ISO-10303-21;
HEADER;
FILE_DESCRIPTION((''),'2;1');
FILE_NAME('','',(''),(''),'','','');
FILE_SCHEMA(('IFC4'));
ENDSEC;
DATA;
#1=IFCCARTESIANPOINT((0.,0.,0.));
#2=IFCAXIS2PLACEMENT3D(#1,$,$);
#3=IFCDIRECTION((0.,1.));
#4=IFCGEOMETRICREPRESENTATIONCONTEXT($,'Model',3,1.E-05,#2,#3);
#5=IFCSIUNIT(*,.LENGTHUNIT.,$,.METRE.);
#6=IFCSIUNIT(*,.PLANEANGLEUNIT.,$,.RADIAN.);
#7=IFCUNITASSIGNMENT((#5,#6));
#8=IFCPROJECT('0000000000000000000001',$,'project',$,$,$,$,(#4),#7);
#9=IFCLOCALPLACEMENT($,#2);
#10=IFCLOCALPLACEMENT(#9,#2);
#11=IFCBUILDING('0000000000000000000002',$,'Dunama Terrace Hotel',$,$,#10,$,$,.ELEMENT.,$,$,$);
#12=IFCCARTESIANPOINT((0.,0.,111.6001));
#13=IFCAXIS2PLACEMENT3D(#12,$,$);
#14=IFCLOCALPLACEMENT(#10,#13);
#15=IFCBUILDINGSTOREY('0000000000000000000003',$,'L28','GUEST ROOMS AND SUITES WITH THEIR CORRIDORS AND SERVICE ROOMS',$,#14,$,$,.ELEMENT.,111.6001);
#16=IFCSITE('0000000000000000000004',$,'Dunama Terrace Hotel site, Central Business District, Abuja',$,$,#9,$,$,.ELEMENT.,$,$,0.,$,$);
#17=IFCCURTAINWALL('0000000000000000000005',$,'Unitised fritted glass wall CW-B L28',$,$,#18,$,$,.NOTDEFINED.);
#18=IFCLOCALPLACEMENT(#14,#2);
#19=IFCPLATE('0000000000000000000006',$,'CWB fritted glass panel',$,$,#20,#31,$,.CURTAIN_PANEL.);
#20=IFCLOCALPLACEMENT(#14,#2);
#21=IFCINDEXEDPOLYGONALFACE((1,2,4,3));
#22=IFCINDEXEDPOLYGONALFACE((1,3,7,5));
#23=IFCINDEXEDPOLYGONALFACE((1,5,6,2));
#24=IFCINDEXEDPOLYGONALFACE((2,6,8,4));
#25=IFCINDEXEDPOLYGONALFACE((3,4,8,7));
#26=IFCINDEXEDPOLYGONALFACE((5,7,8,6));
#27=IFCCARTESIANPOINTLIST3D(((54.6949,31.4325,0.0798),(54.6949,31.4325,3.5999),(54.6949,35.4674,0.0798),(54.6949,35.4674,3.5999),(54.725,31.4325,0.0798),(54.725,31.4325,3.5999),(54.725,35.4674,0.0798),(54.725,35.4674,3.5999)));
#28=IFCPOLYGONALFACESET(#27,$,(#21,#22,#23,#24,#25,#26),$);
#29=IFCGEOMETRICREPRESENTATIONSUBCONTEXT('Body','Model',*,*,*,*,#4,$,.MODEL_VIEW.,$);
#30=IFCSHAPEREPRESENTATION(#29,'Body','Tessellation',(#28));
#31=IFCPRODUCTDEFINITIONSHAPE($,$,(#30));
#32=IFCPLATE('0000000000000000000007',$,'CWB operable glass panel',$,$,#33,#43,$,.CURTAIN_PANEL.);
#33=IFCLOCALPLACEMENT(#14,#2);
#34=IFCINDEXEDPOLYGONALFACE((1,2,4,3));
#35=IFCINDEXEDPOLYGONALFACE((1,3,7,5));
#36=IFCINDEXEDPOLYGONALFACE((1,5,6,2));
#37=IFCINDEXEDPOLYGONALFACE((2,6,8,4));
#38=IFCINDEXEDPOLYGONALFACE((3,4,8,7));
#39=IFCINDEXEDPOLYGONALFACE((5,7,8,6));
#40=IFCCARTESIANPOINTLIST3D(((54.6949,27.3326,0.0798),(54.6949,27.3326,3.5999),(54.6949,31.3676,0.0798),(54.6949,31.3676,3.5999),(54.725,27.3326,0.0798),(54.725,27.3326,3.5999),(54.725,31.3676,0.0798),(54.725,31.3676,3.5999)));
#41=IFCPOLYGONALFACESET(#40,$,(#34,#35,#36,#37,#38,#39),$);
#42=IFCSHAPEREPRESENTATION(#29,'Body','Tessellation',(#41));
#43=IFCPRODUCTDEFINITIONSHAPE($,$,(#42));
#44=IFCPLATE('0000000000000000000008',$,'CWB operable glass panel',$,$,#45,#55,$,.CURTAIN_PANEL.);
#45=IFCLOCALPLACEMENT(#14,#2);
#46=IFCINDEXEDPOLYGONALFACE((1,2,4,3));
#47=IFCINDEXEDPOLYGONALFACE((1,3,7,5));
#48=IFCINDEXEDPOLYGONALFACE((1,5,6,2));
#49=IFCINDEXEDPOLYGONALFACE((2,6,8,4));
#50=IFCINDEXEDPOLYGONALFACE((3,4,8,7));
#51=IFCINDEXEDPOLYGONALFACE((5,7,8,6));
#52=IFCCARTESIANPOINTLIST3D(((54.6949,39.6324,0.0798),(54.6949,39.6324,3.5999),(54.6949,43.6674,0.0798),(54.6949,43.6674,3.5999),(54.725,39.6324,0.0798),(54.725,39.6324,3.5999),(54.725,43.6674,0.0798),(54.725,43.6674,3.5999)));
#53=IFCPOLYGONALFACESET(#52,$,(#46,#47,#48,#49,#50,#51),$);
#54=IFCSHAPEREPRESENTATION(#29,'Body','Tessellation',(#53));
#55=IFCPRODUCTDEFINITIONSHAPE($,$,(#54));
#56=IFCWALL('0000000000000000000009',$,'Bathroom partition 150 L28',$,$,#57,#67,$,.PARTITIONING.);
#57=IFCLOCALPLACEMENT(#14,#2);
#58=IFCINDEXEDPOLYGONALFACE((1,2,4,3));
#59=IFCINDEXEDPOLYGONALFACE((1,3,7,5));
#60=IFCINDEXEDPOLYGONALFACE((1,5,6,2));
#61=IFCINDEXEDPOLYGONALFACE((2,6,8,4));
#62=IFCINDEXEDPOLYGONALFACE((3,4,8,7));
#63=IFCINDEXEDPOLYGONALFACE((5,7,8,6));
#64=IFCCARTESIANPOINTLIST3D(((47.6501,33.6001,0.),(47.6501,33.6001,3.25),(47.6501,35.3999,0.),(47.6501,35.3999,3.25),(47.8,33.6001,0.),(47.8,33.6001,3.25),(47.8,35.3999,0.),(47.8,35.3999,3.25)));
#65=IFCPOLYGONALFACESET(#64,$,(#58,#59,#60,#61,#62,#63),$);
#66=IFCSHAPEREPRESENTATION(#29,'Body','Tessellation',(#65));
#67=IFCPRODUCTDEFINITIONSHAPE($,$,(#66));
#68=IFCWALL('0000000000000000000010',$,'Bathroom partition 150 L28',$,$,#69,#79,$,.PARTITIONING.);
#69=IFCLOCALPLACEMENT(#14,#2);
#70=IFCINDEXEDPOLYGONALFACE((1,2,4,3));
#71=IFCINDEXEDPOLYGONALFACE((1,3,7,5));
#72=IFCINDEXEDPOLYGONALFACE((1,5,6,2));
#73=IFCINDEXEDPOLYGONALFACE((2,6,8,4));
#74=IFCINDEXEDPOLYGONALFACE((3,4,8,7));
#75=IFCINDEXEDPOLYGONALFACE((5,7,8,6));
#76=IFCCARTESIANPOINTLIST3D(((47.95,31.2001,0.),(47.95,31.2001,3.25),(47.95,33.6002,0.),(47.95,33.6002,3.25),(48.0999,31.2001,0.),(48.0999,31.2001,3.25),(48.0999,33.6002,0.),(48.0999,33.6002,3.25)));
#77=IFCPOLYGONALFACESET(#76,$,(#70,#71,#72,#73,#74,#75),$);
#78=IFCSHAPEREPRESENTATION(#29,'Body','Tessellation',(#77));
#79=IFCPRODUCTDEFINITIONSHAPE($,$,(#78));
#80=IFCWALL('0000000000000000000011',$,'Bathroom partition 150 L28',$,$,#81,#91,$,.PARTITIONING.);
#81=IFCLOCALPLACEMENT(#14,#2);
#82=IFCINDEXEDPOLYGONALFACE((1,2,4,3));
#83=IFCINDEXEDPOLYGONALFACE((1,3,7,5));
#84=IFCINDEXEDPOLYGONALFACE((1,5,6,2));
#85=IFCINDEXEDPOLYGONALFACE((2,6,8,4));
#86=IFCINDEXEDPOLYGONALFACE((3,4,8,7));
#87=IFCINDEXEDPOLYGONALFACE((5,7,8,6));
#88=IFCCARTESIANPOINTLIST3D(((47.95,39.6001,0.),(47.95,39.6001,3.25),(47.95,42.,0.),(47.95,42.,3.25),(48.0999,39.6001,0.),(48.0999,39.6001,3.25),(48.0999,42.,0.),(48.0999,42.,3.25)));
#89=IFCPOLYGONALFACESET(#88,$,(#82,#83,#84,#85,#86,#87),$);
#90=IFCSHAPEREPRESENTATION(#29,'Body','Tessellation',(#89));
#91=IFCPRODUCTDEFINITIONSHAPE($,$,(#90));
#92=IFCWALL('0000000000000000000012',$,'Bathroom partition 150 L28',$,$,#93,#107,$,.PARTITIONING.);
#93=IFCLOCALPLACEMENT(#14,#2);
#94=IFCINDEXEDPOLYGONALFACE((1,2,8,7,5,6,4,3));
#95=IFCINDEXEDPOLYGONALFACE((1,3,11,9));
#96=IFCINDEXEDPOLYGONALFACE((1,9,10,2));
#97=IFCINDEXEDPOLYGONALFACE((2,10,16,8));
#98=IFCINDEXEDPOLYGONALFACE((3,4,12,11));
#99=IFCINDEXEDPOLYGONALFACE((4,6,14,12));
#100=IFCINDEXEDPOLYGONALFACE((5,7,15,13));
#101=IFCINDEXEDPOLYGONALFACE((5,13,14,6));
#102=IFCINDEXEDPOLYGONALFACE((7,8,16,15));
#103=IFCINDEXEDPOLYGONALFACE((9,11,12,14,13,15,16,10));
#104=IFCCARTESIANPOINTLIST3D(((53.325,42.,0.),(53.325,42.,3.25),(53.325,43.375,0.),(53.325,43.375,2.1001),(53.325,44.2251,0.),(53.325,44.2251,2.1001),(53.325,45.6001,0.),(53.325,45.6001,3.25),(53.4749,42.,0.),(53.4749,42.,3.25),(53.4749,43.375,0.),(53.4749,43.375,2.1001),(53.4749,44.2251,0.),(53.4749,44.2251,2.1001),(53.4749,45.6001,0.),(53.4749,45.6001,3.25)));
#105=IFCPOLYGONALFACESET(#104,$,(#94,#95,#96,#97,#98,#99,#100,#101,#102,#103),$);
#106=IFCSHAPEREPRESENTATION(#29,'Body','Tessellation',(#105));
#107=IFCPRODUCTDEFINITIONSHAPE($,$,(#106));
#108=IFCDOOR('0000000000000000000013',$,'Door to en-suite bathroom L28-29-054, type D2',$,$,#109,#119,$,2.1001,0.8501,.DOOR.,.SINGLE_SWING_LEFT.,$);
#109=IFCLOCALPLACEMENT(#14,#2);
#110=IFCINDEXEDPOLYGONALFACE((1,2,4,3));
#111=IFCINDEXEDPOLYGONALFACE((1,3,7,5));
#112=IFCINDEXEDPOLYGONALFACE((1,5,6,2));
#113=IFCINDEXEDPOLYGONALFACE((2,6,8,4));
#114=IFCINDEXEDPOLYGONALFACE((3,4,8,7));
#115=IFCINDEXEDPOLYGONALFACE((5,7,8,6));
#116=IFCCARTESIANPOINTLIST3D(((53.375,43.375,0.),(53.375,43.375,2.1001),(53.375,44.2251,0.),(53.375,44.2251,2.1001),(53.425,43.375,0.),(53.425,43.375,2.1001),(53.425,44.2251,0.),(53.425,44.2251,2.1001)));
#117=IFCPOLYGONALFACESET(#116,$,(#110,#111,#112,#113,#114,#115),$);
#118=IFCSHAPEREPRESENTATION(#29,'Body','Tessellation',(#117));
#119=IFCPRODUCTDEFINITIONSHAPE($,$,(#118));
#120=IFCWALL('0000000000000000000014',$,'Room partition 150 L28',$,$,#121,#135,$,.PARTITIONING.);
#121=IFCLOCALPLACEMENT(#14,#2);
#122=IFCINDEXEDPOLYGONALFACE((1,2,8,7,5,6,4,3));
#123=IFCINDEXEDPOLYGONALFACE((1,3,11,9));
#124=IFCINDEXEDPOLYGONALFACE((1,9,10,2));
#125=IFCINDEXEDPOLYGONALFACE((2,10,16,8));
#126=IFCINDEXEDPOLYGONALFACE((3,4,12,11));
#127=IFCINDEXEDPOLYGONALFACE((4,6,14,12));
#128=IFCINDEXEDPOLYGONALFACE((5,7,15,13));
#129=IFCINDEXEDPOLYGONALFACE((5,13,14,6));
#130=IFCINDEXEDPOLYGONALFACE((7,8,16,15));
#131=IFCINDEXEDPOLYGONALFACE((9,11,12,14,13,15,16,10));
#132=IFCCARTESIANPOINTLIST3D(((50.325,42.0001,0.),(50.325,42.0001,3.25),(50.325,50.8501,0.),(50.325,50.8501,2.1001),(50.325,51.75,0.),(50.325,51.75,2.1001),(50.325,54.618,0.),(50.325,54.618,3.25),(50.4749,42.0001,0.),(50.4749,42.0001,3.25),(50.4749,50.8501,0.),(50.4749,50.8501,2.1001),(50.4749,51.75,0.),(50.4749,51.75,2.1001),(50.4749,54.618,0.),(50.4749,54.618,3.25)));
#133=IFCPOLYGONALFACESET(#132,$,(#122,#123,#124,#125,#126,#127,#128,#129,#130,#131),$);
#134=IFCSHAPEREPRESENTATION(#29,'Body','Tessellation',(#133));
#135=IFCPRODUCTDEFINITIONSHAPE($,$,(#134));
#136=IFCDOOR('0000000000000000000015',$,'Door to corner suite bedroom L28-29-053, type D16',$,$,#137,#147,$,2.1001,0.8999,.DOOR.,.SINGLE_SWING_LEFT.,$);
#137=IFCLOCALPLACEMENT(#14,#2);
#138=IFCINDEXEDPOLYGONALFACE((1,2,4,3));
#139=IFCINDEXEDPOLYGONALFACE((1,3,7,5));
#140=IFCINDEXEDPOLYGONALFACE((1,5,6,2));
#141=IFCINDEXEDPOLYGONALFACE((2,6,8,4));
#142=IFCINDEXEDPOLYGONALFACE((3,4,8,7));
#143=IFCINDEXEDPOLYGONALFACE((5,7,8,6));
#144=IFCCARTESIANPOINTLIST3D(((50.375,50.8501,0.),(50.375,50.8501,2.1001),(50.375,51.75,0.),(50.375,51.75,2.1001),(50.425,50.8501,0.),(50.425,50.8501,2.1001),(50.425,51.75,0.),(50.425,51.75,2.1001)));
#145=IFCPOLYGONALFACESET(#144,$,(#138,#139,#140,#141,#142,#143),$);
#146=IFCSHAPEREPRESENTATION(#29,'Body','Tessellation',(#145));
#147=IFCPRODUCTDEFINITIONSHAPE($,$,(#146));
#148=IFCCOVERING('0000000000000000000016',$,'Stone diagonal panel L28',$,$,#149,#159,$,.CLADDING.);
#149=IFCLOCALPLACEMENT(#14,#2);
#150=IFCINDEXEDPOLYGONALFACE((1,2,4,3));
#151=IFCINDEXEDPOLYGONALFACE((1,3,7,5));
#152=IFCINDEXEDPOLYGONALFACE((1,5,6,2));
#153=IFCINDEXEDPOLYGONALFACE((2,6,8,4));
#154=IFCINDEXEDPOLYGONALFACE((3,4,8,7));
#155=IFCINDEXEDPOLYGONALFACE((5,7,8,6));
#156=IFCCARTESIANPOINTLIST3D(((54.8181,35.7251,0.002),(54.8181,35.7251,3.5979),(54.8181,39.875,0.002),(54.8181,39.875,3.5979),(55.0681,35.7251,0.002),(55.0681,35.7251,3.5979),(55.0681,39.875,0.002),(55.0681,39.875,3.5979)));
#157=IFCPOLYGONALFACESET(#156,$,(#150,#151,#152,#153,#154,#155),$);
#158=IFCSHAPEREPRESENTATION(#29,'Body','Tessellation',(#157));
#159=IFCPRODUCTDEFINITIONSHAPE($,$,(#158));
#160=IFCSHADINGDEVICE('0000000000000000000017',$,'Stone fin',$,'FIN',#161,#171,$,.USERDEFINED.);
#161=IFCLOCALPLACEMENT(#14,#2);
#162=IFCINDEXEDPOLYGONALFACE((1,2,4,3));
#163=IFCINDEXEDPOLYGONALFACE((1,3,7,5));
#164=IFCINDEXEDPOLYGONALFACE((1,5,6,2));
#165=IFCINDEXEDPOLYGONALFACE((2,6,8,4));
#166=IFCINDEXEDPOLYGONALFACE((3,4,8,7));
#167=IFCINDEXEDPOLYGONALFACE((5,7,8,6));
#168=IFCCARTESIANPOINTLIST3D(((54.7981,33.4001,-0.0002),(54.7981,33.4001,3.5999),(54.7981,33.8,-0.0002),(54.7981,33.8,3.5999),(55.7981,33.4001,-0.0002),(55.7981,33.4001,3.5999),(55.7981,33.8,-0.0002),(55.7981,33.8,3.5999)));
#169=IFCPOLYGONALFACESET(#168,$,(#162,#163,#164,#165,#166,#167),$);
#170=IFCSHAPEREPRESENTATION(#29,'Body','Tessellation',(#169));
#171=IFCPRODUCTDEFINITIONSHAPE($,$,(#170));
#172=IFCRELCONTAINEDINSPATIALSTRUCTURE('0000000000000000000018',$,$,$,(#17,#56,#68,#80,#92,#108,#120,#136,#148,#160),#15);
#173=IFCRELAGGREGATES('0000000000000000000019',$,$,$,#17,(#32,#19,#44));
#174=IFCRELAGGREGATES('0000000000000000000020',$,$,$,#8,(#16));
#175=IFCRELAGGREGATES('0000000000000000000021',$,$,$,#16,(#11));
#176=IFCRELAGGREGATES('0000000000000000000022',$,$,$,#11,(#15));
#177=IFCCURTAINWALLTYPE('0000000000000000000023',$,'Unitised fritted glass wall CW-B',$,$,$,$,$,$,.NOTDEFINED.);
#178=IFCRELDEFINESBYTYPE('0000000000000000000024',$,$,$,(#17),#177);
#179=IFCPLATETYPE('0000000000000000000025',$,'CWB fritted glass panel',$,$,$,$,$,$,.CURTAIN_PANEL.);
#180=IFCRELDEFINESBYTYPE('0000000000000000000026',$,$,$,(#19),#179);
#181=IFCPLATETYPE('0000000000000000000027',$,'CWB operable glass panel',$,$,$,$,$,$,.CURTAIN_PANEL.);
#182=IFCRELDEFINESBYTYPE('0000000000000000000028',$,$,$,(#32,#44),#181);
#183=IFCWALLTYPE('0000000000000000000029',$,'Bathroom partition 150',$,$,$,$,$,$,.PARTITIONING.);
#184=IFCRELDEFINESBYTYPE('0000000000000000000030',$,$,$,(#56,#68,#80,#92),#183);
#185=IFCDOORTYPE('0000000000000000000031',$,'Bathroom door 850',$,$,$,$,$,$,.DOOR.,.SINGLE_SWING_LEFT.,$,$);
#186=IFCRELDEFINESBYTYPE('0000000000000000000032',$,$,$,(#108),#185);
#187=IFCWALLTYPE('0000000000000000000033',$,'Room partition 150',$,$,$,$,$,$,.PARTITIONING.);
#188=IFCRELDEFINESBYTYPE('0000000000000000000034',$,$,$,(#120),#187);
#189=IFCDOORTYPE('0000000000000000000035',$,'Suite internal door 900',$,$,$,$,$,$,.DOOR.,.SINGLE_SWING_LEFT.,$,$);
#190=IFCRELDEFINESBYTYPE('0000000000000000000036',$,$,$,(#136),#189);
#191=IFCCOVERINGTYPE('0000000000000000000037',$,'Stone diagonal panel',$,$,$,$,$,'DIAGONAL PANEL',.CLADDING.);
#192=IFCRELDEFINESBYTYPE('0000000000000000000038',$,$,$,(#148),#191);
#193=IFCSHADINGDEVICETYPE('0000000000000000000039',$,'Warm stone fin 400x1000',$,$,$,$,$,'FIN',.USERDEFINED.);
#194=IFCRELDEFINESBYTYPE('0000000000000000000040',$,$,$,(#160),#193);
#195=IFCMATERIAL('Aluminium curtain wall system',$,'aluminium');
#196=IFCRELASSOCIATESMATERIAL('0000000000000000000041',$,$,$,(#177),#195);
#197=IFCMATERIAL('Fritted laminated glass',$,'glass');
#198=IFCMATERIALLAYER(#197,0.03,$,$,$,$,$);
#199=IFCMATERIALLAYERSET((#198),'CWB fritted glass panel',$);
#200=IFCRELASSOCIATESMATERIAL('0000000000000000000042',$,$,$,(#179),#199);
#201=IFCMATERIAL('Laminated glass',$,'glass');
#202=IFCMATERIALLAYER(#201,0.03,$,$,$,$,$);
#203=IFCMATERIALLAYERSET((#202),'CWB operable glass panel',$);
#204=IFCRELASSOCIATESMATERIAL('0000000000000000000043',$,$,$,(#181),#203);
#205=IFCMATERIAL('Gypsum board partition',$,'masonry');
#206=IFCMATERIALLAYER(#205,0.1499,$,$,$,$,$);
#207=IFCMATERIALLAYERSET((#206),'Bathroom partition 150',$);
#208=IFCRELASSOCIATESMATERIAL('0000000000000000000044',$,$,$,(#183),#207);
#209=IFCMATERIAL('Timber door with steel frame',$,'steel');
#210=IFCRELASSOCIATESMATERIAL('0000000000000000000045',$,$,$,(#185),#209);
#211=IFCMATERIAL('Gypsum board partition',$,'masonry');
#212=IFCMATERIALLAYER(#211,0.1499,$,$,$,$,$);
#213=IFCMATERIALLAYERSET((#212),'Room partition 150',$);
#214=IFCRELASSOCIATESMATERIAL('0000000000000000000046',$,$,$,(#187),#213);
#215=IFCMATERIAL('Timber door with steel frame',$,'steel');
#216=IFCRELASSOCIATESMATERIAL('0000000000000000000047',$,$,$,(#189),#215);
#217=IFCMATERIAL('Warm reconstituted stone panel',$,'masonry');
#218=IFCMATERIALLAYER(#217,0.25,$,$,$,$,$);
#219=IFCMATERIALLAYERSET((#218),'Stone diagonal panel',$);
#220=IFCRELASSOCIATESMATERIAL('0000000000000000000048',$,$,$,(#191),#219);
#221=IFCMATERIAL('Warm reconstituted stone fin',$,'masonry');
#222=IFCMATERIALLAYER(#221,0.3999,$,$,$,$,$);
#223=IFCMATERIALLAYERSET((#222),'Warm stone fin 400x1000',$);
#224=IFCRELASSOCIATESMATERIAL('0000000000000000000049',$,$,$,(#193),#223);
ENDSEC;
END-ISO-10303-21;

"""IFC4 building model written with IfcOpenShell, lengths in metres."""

from ifc_helpers import new_model, si_unit, direction, frame, frame_2d, origin, origin_2d, place, context, subcontext, project, spatial, rectangle, extrude, material, layer, layer_set, type_object, element, fill, aggregate, save


model = new_model("IFC4")

# Units and contexts
model_context = context("Model", 3, precision=1e-05, world=origin(), true_north=direction((0.0, 1.0)))
body_context = subcontext(model_context, "Body", "Model", "MODEL_VIEW")
ifc_project = project(units=[si_unit("LENGTHUNIT", "METRE"), si_unit("PLANEANGLEUNIT", "RADIAN")], contexts=[model_context])

# Site, building, storey
site_placement = place(None, origin())
site = spatial("IfcSite", under=ifc_project, at=site_placement, Name="Dunama Terrace Hotel site, Central Business District, Abuja", CompositionType="ELEMENT", RefElevation=0.0)
building_placement = place(site_placement, origin())
building = spatial("IfcBuilding", under=site, at=building_placement, Name="Dunama Terrace Hotel", CompositionType="ELEMENT")
storey_placement = place(building_placement, frame((0.0, 0.0, 111.6001)))
storey = spatial("IfcBuildingStorey", under=building, at=storey_placement, Name="L28", Description="GUEST ROOMS AND SUITES WITH THEIR CORRIDORS AND SERVICE ROOMS", CompositionType="ELEMENT", Elevation=111.6001)

# Curtain wall
ifc_material_1 = material(Name="Aluminium curtain wall system", Category="aluminium")
curtain_wall_type = type_object("IfcCurtainWallType", Name="Unitised fritted glass wall CW-B", PredefinedType="NOTDEFINED", material=ifc_material_1)
curtain_wall_placement = place(storey_placement, origin())
curtain_wall = element("IfcCurtainWall", 1, at=curtain_wall_placement, inside=storey, type_object=curtain_wall_type, Name="Unitised fritted glass wall CW-B L28", PredefinedType="NOTDEFINED")

# Plates
ifc_material_2 = material(Name="Fritted laminated glass", Category="glass")
ifc_layer_1 = layer(ifc_material_2, 0.03)
ifc_layer_set_1 = layer_set([ifc_layer_1], Name="CWB fritted glass panel")
plate_type_1 = type_object("IfcPlateType", Name="CWB fritted glass panel", PredefinedType="CURTAIN_PANEL", material=ifc_layer_set_1)
plate_1_placement = place(storey_placement, frame((54.71, 33.45, 0.0798), z_axis=(0.0, 0.0, 1.0), x_axis=(0.0, 1.0, 0.0)))
plate_1 = element("IfcPlate", 2, at=plate_1_placement, type_object=plate_type_1, Name="CWB fritted glass panel", PredefinedType="CURTAIN_PANEL", context=body_context, shape_type="SweptSolid", body=[
    extrude(rectangle(XDim=4.0349, YDim=0.03, at=origin_2d()), origin(), (0.0, 0.0, 1.0), 3.52),
])
ifc_material_3 = material(Name="Laminated glass", Category="glass")
ifc_layer_2 = layer(ifc_material_3, 0.03)
ifc_layer_set_2 = layer_set([ifc_layer_2], Name="CWB operable glass panel")
plate_type_2 = type_object("IfcPlateType", Name="CWB operable glass panel", PredefinedType="CURTAIN_PANEL", material=ifc_layer_set_2)
plate_2_placement = place(storey_placement, frame((54.71, 29.3501, 0.0798), z_axis=(0.0, 0.0, 1.0), x_axis=(0.0, 1.0, 0.0)))
plate_2 = element("IfcPlate", 3, at=plate_2_placement, type_object=plate_type_2, Name="CWB operable glass panel", PredefinedType="CURTAIN_PANEL", context=body_context, shape_type="SweptSolid", body=[
    extrude(rectangle(XDim=4.0349, YDim=0.03, at=origin_2d()), origin(), (0.0, 0.0, 1.0), 3.52),
])
plate_3_placement = place(storey_placement, frame((54.71, 41.6499, 0.0798), z_axis=(0.0, 0.0, 1.0), x_axis=(0.0, 1.0, 0.0)))
plate_3 = element("IfcPlate", 4, at=plate_3_placement, type_object=plate_type_2, Name="CWB operable glass panel", PredefinedType="CURTAIN_PANEL", context=body_context, shape_type="SweptSolid", body=[
    extrude(rectangle(XDim=4.0349, YDim=0.03, at=origin_2d()), origin(), (0.0, 0.0, 1.0), 3.52),
])
aggregate(curtain_wall, [plate_2, plate_1, plate_3])

# Walls
ifc_material_4 = material(Name="Gypsum board partition", Category="masonry")
ifc_layer_3 = layer(ifc_material_4, 0.1499)
ifc_layer_set_3 = layer_set([ifc_layer_3], Name="Bathroom partition 150")
wall_type_1 = type_object("IfcWallType", Name="Bathroom partition 150", PredefinedType="PARTITIONING", material=ifc_layer_set_3)
wall_1_placement = place(storey_placement, frame((47.7251, 33.6001, 0.0), z_axis=(0.0, 0.0, 1.0), x_axis=(0.0, 1.0, 0.0)))
element("IfcWall", 5, at=wall_1_placement, inside=storey, type_object=wall_type_1, Name="Bathroom partition 150 L28", PredefinedType="PARTITIONING", context=body_context, shape_type="SweptSolid", body=[
    extrude(rectangle(XDim=1.7998, YDim=0.1499, at=frame_2d((0.8999, 0.0))), origin(), (0.0, 0.0, 1.0), 3.25),
])
wall_2_placement = place(storey_placement, frame((48.0249, 31.2, 0.0), z_axis=(0.0, 0.0, 1.0), x_axis=(0.0, 1.0, 0.0)))
element("IfcWall", 6, at=wall_2_placement, inside=storey, type_object=wall_type_1, Name="Bathroom partition 150 L28", PredefinedType="PARTITIONING", context=body_context, shape_type="SweptSolid", body=[
    extrude(rectangle(XDim=2.4001, YDim=0.1499, at=frame_2d((1.2002, 0.0))), origin(), (0.0, 0.0, 1.0), 3.25),
])
wall_3_placement = place(storey_placement, frame((48.0249, 39.6001, 0.0), z_axis=(0.0, 0.0, 1.0), x_axis=(0.0, 1.0, 0.0)))
element("IfcWall", 7, at=wall_3_placement, inside=storey, type_object=wall_type_1, Name="Bathroom partition 150 L28", PredefinedType="PARTITIONING", context=body_context, shape_type="SweptSolid", body=[
    extrude(rectangle(XDim=2.3999, YDim=0.1499, at=frame_2d((1.2, 0.0))), origin(), (0.0, 0.0, 1.0), 3.25),
])

# Walls, openings, doors
wall_4_placement = place(storey_placement, frame((53.3999, 42.0, 0.0), z_axis=(0.0, 0.0, 1.0), x_axis=(0.0, 1.0, 0.0)))
wall_4 = element("IfcWall", 8, at=wall_4_placement, inside=storey, type_object=wall_type_1, Name="Bathroom partition 150 L28", PredefinedType="PARTITIONING", context=body_context, shape_type="SweptSolid", body=[
    extrude(rectangle(XDim=3.6001, YDim=0.1499, at=frame_2d((1.8, 0.0))), origin(), (0.0, 0.0, 1.0), 3.25),
])
opening_1_placement = place(wall_4_placement, frame((1.375, 0.0, 0.0)))
opening_1 = element("IfcOpeningElement", 9, at=opening_1_placement, cuts=wall_4, PredefinedType="OPENING", context=body_context, shape_type="SweptSolid", body=[
    extrude(rectangle(XDim=0.8501, YDim=2.1001, at=frame_2d((0.425, 1.05))), frame((0.0, 0.085, 0.0), z_axis=(0.0, -1.0, 0.0), x_axis=(1.0, 0.0, 0.0)), (0.0, 0.0, 1.0), 0.1699),
])
ifc_material_5 = material(Name="Timber door with steel frame", Category="steel")
door_type_1 = type_object("IfcDoorType", Name="Bathroom door 850", OperationType="SINGLE_SWING_LEFT", PredefinedType="DOOR", material=ifc_material_5)
door_1_placement = place(opening_1_placement, origin())
door_1 = element("IfcDoor", 10, at=door_1_placement, inside=storey, type_object=door_type_1, Name="Door to en-suite bathroom L28-29-054, type D2", OperationType="SINGLE_SWING_LEFT", OverallHeight=2.1001, OverallWidth=0.8501, PredefinedType="DOOR", context=body_context, shape_type="SweptSolid", body=[
    extrude(rectangle(XDim=0.8501, YDim=2.1001, at=frame_2d((0.425, 1.05))), frame((0.0, 0.0249, 0.0), z_axis=(0.0, -1.0, 0.0), x_axis=(1.0, 0.0, 0.0)), (0.0, 0.0, 1.0), 0.05),
])
fill(opening_1, door_1)
ifc_material_6 = material(Name="Gypsum board partition", Category="masonry")
ifc_layer_4 = layer(ifc_material_6, 0.1499)
ifc_layer_set_4 = layer_set([ifc_layer_4], Name="Room partition 150")
wall_type_2 = type_object("IfcWallType", Name="Room partition 150", PredefinedType="PARTITIONING", material=ifc_layer_set_4)
wall_5_placement = place(storey_placement, frame((50.3999, 42.0, 0.0), z_axis=(0.0, 0.0, 1.0), x_axis=(0.0, 1.0, 0.0)))
wall_5 = element("IfcWall", 11, at=wall_5_placement, inside=storey, type_object=wall_type_2, Name="Room partition 150 L28", PredefinedType="PARTITIONING", context=body_context, shape_type="SweptSolid", body=[
    extrude(rectangle(XDim=12.6179, YDim=0.1499, at=frame_2d((6.3091, 0.0))), origin(), (0.0, 0.0, 1.0), 3.25),
])
opening_2_placement = place(wall_5_placement, frame((8.8501, 0.0, 0.0)))
opening_2 = element("IfcOpeningElement", 12, at=opening_2_placement, cuts=wall_5, PredefinedType="OPENING", context=body_context, shape_type="SweptSolid", body=[
    extrude(rectangle(XDim=0.8999, YDim=2.1001, at=frame_2d((0.45, 1.05))), frame((0.0, 0.085, 0.0), z_axis=(0.0, -1.0, 0.0), x_axis=(1.0, 0.0, 0.0)), (0.0, 0.0, 1.0), 0.1699),
])
ifc_material_7 = material(Name="Timber door with steel frame", Category="steel")
door_type_2 = type_object("IfcDoorType", Name="Suite internal door 900", OperationType="SINGLE_SWING_LEFT", PredefinedType="DOOR", material=ifc_material_7)
door_2_placement = place(opening_2_placement, frame((0.8999, 0.0, 0.0), z_axis=(0.0, 0.0, 1.0), x_axis=(-1.0, 0.0, 0.0)))
door_2 = element("IfcDoor", 13, at=door_2_placement, inside=storey, type_object=door_type_2, Name="Door to corner suite bedroom L28-29-053, type D16", OperationType="SINGLE_SWING_LEFT", OverallHeight=2.1001, OverallWidth=0.8999, PredefinedType="DOOR", context=body_context, shape_type="SweptSolid", body=[
    extrude(rectangle(XDim=0.8999, YDim=2.1001, at=frame_2d((0.45, 1.05))), frame((0.0, 0.0251, 0.0), z_axis=(0.0, -1.0, 0.0), x_axis=(1.0, 0.0, 0.0)), (0.0, 0.0, 1.0), 0.05),
])
fill(opening_2, door_2)

# Covering
ifc_material_8 = material(Name="Warm reconstituted stone panel", Category="masonry")
ifc_layer_5 = layer(ifc_material_8, 0.25)
ifc_layer_set_5 = layer_set([ifc_layer_5], Name="Stone diagonal panel")
covering_type = type_object("IfcCoveringType", Name="Stone diagonal panel", ElementType="DIAGONAL PANEL", PredefinedType="CLADDING", material=ifc_layer_set_5)
covering_placement = place(storey_placement, frame((54.9431, 37.8, 0.002), z_axis=(0.0, 0.0, 1.0), x_axis=(0.0, 1.0, 0.0)))
element("IfcCovering", 14, at=covering_placement, inside=storey, type_object=covering_type, Name="Stone diagonal panel L28", PredefinedType="CLADDING", context=body_context, shape_type="SweptSolid", body=[
    extrude(rectangle(XDim=4.1499, YDim=0.25, at=origin_2d()), origin(), (0.0, 0.0, 1.0), 3.5959),
])

# Shading device
ifc_material_9 = material(Name="Warm reconstituted stone fin", Category="masonry")
ifc_layer_6 = layer(ifc_material_9, 0.3999)
ifc_layer_set_6 = layer_set([ifc_layer_6], Name="Warm stone fin 400x1000")
shading_device_type = type_object("IfcShadingDeviceType", Name="Warm stone fin 400x1000", ElementType="FIN", PredefinedType="USERDEFINED", material=ifc_layer_set_6)
shading_device_placement = place(storey_placement, frame((55.2981, 33.6001, -0.0002), z_axis=(0.0, 0.0, 1.0), x_axis=(0.0, 1.0, 0.0)))
element("IfcShadingDevice", 15, at=shading_device_placement, inside=storey, type_object=shading_device_type, Name="Stone fin", ObjectType="FIN", PredefinedType="USERDEFINED", context=body_context, shape_type="SweptSolid", body=[
    extrude(rectangle(XDim=0.3999, YDim=1.0, at=origin_2d()), origin(), (0.0, 0.0, 1.0), 3.6001),
])

save(model, "model.ifc")
